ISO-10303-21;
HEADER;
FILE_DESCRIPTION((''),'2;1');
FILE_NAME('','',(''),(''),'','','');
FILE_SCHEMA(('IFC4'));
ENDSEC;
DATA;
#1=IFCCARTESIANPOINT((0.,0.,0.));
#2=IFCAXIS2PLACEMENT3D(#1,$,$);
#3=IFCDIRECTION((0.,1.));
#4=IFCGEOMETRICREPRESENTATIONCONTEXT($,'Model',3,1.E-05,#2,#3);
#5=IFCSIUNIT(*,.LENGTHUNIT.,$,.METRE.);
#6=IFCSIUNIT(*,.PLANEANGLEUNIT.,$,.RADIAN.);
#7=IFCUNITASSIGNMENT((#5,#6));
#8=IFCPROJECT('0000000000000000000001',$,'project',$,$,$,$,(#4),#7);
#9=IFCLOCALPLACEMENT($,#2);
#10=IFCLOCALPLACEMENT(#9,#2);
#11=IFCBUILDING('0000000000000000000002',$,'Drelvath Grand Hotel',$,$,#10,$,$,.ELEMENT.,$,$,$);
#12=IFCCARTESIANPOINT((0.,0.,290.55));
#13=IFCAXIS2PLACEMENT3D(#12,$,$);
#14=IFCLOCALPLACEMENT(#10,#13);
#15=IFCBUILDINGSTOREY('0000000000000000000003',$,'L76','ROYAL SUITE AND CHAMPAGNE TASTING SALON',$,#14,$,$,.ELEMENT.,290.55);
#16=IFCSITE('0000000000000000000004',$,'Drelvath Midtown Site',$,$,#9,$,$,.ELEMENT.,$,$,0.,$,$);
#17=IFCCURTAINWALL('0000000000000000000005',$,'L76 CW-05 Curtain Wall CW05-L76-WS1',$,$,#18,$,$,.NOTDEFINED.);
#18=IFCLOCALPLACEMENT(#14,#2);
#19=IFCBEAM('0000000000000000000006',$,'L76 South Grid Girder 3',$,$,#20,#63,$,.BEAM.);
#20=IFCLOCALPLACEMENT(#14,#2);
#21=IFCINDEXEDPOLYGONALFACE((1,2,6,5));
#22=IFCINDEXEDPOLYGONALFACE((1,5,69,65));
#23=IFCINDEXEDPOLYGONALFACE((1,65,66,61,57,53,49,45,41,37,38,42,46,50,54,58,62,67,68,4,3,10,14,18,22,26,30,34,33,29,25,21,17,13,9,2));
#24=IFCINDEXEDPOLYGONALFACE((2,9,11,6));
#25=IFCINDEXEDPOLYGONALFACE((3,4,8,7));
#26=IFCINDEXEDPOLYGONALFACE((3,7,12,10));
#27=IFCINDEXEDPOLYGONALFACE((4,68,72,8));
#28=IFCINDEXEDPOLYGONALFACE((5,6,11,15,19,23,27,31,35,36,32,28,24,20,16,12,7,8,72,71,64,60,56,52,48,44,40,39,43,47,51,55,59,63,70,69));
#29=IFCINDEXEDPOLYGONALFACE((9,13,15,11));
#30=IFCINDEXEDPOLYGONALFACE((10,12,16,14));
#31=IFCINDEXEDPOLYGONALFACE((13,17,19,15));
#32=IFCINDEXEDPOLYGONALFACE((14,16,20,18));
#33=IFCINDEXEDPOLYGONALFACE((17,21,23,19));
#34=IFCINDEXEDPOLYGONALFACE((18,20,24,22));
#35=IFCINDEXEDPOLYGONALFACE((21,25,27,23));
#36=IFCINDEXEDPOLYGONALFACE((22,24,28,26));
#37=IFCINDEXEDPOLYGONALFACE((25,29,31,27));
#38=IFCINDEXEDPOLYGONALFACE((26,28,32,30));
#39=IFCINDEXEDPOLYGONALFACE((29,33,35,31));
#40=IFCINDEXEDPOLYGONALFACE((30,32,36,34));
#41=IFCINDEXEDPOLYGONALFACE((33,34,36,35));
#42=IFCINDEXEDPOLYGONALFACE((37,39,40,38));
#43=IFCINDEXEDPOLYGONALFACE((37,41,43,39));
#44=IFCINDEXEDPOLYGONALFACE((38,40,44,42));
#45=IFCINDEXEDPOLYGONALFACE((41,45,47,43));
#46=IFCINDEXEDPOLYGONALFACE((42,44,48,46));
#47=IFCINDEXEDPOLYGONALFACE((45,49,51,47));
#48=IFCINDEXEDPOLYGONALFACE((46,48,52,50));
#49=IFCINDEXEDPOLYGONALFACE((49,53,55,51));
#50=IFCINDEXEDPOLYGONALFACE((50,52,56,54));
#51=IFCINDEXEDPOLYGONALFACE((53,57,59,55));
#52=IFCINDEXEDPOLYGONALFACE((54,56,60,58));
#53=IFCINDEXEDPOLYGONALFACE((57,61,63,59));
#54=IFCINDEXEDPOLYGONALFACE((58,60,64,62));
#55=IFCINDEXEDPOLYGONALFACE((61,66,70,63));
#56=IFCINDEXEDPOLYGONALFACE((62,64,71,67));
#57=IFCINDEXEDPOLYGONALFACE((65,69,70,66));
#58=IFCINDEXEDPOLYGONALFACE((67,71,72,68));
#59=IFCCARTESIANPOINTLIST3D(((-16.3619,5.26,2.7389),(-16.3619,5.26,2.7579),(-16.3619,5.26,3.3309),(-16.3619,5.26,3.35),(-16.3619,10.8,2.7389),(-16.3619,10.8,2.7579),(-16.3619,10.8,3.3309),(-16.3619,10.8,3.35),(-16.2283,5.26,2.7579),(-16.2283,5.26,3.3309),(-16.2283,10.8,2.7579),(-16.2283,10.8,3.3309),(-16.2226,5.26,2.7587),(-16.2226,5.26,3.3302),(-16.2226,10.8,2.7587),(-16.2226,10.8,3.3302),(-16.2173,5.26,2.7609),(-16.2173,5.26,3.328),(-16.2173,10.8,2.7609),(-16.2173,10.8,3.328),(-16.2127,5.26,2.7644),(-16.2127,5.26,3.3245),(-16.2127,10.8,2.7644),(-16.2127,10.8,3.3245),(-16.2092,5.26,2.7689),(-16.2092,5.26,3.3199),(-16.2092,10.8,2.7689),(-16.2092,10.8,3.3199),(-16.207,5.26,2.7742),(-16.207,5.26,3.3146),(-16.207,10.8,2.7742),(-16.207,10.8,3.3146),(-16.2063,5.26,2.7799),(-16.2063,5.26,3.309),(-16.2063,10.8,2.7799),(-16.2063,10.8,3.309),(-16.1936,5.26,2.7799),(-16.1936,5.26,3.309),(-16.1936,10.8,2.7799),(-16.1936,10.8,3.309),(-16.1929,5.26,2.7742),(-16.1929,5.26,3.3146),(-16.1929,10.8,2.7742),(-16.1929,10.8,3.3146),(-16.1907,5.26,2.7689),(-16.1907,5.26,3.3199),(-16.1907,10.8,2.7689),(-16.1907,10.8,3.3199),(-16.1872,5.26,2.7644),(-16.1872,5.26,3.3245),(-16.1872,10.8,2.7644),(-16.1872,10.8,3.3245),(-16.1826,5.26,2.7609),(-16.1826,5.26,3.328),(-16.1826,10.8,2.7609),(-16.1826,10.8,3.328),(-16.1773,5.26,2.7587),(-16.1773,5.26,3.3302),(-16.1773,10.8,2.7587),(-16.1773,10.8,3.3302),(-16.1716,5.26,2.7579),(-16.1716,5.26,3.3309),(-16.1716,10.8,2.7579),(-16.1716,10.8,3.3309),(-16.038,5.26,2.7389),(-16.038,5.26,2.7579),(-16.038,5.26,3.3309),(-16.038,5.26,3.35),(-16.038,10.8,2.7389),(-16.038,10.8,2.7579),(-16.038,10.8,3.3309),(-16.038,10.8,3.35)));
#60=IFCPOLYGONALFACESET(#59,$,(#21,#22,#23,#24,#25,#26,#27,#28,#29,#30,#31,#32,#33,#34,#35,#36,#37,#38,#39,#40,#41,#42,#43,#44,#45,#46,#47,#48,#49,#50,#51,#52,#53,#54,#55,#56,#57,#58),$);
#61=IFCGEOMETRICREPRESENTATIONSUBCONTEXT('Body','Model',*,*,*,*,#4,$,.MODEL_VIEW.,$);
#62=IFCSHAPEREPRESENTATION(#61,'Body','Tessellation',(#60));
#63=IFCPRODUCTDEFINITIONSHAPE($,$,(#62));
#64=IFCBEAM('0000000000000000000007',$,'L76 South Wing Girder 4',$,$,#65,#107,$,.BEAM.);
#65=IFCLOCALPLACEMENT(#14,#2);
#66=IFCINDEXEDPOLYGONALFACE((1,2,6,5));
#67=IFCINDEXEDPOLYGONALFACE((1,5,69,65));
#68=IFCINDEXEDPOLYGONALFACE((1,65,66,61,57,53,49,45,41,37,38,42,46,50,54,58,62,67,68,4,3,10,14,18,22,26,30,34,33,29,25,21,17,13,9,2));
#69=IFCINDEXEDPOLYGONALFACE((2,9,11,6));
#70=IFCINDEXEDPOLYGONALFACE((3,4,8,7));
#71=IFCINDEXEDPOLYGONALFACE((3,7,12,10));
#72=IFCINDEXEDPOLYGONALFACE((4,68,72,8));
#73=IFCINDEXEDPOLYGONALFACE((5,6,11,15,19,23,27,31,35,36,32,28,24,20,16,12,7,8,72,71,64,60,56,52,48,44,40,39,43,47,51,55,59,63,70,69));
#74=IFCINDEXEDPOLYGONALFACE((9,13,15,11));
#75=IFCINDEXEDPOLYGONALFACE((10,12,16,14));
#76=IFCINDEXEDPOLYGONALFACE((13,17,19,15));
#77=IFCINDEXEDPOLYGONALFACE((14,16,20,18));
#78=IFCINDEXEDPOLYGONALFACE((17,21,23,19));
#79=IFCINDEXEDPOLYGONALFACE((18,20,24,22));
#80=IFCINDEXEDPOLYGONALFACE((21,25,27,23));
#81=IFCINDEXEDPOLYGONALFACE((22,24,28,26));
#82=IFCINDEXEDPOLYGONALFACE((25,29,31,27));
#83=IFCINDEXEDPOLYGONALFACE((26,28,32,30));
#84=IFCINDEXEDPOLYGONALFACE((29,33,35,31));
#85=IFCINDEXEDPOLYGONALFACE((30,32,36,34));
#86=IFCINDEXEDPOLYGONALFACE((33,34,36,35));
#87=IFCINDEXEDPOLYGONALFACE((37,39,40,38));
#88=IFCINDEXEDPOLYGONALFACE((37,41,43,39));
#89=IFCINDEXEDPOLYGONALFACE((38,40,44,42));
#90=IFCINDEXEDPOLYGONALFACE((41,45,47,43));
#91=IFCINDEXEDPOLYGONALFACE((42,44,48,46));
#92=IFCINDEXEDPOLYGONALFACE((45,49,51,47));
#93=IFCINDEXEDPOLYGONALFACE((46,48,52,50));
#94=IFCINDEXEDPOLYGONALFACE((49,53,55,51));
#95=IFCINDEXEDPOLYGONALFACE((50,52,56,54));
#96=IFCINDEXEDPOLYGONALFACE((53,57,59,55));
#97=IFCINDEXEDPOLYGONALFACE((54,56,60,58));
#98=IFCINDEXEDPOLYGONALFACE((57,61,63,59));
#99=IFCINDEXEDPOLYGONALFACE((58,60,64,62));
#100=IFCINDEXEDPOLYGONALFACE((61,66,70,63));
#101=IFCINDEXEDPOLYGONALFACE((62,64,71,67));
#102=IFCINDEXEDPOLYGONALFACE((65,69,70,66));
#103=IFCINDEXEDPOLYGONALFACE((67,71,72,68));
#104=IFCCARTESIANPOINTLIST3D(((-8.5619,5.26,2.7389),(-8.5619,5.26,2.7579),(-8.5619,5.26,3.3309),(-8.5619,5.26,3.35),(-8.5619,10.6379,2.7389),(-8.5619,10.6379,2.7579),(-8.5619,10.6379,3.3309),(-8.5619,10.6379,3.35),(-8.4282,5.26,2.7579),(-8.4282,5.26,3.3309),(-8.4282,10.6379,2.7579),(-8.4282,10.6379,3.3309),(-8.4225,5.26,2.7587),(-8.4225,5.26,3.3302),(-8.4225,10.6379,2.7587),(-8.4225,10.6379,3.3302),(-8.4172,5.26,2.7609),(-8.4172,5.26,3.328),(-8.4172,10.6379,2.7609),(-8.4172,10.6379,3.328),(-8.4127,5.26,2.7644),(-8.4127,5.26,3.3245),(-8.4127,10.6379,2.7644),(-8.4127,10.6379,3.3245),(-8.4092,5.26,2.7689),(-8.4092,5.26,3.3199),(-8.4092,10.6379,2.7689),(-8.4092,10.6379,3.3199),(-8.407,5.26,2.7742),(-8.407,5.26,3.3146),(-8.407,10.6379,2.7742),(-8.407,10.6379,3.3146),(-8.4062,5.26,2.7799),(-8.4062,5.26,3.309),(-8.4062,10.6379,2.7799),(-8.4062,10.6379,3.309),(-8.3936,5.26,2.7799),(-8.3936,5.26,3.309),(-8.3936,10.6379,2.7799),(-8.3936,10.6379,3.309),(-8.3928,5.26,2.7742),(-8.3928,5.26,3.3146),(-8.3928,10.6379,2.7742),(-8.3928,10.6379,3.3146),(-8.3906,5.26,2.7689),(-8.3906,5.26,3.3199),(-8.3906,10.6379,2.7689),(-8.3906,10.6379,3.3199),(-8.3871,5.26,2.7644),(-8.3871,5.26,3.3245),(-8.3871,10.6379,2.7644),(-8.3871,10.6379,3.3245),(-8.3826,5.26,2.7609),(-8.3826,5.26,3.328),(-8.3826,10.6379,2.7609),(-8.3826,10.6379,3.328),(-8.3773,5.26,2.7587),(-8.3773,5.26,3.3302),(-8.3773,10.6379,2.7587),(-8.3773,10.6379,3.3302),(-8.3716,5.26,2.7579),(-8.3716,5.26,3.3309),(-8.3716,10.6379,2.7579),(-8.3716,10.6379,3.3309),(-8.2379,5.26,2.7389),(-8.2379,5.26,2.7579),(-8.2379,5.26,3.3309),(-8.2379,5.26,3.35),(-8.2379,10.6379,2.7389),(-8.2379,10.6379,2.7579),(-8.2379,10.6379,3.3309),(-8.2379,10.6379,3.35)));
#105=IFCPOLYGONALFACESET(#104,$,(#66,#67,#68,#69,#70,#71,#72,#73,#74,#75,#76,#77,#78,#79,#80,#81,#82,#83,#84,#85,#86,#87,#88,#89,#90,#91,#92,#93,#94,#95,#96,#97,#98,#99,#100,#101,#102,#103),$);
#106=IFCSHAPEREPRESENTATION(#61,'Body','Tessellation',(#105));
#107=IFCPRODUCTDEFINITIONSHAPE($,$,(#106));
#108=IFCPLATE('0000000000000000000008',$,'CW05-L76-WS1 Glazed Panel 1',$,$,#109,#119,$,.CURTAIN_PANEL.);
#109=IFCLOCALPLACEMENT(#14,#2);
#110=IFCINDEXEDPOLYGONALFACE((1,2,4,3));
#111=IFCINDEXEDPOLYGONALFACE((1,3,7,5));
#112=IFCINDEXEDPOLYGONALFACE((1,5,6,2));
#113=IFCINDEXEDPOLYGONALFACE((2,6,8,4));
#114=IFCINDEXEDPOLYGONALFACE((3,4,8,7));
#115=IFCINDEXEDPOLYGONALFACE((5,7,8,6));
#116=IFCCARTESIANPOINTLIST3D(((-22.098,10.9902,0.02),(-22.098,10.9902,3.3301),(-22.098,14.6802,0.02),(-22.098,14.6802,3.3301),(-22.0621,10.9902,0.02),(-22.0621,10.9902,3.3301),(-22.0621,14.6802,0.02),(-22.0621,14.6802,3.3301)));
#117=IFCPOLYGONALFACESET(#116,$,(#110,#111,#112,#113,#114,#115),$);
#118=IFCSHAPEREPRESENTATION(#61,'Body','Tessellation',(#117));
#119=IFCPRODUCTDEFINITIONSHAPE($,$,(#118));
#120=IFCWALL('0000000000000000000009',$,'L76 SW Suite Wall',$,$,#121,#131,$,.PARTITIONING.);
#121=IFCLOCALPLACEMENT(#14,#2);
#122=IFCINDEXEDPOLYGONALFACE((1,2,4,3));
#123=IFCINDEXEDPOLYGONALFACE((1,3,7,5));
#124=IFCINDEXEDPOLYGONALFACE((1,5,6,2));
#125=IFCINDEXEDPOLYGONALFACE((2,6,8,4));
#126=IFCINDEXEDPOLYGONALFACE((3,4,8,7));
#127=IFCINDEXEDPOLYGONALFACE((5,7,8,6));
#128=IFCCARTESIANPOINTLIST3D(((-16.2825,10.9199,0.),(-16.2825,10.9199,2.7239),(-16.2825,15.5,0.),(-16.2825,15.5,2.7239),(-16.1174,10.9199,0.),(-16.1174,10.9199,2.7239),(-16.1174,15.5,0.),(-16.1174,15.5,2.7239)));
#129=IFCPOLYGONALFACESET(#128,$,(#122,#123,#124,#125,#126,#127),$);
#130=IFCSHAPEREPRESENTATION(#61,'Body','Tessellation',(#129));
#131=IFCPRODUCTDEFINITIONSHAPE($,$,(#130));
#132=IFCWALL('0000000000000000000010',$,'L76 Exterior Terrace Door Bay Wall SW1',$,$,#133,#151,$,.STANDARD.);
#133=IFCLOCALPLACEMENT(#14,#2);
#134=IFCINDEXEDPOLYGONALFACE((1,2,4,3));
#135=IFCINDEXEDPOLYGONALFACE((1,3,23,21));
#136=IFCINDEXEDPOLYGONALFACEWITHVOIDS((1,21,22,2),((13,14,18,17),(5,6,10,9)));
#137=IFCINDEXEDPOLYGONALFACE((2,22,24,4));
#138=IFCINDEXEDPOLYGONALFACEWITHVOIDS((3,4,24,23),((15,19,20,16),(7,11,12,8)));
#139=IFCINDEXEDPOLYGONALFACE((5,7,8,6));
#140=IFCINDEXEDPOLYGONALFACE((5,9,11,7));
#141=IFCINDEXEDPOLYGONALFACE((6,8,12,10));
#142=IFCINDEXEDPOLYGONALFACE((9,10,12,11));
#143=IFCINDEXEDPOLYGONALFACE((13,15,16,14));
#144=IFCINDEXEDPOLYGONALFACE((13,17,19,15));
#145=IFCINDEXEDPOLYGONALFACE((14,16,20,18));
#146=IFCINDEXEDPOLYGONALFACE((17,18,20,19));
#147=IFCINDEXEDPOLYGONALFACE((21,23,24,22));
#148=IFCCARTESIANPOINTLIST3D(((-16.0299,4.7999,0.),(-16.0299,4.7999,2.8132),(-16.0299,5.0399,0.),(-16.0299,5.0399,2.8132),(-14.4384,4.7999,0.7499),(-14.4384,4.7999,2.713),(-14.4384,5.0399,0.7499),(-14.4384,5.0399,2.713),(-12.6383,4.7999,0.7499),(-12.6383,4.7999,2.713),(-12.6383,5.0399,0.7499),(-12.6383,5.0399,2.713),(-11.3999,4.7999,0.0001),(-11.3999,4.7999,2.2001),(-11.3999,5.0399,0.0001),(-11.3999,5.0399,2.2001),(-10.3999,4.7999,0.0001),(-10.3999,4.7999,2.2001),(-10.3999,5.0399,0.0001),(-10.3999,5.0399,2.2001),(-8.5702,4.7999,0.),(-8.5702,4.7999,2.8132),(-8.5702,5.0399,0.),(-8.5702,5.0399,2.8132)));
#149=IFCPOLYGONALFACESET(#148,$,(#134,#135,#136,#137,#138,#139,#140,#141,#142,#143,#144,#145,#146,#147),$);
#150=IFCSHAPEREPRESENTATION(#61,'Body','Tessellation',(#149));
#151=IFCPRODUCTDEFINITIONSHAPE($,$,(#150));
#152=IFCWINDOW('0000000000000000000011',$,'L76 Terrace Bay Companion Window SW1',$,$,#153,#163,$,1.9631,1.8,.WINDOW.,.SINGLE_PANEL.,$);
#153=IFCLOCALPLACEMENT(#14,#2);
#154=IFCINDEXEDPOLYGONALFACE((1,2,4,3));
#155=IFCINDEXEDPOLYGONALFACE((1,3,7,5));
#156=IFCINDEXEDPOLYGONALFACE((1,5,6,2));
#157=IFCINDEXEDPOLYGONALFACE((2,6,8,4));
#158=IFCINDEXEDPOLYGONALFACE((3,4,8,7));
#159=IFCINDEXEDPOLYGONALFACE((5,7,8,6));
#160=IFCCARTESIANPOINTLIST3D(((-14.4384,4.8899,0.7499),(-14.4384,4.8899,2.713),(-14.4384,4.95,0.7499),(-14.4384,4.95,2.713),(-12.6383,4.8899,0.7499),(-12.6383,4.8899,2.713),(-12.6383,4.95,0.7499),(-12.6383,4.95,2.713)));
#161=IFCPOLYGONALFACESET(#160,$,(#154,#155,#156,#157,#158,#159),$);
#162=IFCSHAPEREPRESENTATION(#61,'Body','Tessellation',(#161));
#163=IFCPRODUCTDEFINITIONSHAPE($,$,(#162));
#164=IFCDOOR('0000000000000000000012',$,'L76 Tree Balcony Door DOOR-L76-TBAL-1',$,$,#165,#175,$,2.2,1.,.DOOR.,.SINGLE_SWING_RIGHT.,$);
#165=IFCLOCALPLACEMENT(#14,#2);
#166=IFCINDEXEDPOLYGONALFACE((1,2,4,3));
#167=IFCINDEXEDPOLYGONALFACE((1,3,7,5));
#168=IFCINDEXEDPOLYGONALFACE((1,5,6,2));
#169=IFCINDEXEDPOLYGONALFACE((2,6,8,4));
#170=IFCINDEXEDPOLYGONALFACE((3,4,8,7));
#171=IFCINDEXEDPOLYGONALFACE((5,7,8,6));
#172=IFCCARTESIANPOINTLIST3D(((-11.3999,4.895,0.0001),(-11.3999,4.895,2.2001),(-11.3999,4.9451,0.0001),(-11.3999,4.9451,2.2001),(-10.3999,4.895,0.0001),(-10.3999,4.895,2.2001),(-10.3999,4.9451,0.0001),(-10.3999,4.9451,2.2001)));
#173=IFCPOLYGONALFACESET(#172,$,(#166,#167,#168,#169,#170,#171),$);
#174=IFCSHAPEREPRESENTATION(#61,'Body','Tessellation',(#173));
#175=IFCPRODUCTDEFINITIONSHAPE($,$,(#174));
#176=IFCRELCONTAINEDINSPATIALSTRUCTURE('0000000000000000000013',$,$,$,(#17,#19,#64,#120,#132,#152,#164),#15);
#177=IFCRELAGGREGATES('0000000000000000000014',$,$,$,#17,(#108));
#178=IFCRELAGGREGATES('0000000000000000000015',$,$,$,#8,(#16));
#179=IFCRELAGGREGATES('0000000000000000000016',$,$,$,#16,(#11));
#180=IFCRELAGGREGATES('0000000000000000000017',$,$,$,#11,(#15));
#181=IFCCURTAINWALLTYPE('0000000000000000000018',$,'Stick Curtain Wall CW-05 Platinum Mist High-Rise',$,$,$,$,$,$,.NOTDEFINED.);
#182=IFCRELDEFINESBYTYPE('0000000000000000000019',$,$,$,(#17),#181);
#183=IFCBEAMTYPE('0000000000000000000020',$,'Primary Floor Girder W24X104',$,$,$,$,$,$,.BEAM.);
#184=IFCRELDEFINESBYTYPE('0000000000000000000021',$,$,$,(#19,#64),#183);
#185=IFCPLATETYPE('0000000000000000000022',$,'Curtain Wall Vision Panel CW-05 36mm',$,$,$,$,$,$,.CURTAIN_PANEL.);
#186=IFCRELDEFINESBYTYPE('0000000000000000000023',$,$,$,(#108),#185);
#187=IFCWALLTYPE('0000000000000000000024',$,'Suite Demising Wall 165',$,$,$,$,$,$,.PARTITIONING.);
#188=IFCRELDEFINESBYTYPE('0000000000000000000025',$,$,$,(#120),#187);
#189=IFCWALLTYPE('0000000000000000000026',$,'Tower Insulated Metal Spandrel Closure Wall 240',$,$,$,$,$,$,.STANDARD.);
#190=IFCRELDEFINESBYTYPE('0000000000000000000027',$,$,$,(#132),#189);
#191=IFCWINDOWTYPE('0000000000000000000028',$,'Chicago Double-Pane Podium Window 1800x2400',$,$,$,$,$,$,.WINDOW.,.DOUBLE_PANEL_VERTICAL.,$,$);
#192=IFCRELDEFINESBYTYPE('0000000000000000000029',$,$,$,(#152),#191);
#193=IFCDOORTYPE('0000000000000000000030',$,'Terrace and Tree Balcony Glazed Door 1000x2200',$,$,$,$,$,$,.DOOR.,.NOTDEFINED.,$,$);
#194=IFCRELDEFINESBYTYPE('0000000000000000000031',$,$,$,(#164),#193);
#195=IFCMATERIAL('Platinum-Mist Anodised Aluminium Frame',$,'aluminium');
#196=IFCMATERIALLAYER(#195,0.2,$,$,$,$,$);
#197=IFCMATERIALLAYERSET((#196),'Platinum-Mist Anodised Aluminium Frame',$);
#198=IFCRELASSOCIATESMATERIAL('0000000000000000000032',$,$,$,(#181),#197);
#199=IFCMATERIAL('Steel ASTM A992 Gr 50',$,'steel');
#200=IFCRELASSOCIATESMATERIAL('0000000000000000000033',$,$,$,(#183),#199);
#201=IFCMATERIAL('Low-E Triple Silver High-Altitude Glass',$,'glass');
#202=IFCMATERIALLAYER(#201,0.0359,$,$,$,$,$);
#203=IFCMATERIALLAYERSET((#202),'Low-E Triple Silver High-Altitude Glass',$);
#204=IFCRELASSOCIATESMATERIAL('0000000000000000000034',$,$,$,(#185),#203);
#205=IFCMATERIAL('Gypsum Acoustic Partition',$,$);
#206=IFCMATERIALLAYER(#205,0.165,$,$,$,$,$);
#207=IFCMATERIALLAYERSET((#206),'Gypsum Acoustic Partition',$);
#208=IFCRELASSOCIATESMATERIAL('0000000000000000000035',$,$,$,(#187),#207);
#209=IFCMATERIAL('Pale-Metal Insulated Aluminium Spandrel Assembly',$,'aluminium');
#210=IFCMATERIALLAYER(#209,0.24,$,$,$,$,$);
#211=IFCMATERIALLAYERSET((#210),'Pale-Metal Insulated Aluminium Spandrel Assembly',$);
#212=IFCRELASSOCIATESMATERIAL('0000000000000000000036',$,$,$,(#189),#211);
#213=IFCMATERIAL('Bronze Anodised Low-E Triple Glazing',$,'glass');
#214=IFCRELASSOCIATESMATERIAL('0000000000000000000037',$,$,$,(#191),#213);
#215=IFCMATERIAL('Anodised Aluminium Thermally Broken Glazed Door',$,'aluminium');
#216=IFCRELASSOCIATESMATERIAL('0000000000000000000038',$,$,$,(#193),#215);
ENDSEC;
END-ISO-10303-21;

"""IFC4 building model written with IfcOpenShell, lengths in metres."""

from ifc_helpers import new_model, si_unit, direction, frame, frame_2d, origin, origin_2d, place, context, subcontext, project, spatial, rectangle, i_section, extrude, material, layer, layer_set, material_profile, profile_set, type_object, element, fill, aggregate, save


model = new_model("IFC4")

# Units and contexts
model_context = context("Model", 3, precision=1e-05, world=origin(), true_north=direction((0.0, 1.0)))
body_context = subcontext(model_context, "Body", "Model", "MODEL_VIEW")
ifc_project = project(units=[si_unit("LENGTHUNIT", "METRE"), si_unit("PLANEANGLEUNIT", "RADIAN")], contexts=[model_context])

# Site, building, storey
site_placement = place(None, origin())
site = spatial("IfcSite", under=ifc_project, at=site_placement, Name="Drelvath Midtown Site", CompositionType="ELEMENT", RefElevation=0.0)
building_placement = place(site_placement, origin())
building = spatial("IfcBuilding", under=site, at=building_placement, Name="Drelvath Grand Hotel", CompositionType="ELEMENT")
storey_placement = place(building_placement, frame((0.0, 0.0, 290.55)))
storey = spatial("IfcBuildingStorey", under=building, at=storey_placement, Name="L76", Description="ROYAL SUITE AND CHAMPAGNE TASTING SALON", CompositionType="ELEMENT", Elevation=290.55)

# Shared definitions
ifc_material_1 = material(Name="Steel ASTM A992 Gr 50", Category="steel")

# Curtain wall
ifc_material_2 = material(Name="Platinum-Mist Anodised Aluminium Frame", Category="aluminium")
ifc_layer_1 = layer(ifc_material_2, 0.2)
ifc_layer_set_1 = layer_set([ifc_layer_1], Name="Platinum-Mist Anodised Aluminium Frame")
curtain_wall_type = type_object("IfcCurtainWallType", Name="Stick Curtain Wall CW-05 Platinum Mist High-Rise", PredefinedType="NOTDEFINED", material=ifc_layer_set_1)
curtain_wall_placement = place(storey_placement, origin())
curtain_wall = element("IfcCurtainWall", 1, at=curtain_wall_placement, inside=storey, type_object=curtain_wall_type, Name="L76 CW-05 Curtain Wall CW05-L76-WS1", PredefinedType="NOTDEFINED")

# Beams
ifc_material_profile_1 = material_profile(ifc_material_1, i_section(OverallWidth=0.324, OverallDepth=0.6111, WebThickness=0.0127, FlangeThickness=0.019, FilletRadius=0.022, at=origin_2d()), Name="W24X104")
ifc_profile_set_1 = profile_set([ifc_material_profile_1], Name="Steel ASTM A992 Gr 50")
beam_type_1 = type_object("IfcBeamType", Name="Primary Floor Girder W24X104", PredefinedType="BEAM", material=ifc_profile_set_1)
for number, where, z_axis, x_axis, name in (
    (2, (-16.2, 5.26, 3.0444), (0.0, 1.0, 0.0), (-1.0, 0.0, 0.0), "L76 South Grid Girder 3"),
):
    element("IfcBeam", number, at=place(storey_placement, frame(where, z_axis=z_axis, x_axis=x_axis)), inside=storey, type_object=beam_type_1, Name=name, PredefinedType="BEAM", context=body_context, shape_type="SweptSolid", body=[
        extrude(i_section(OverallWidth=0.324, OverallDepth=0.6111, WebThickness=0.0127, FlangeThickness=0.019, FilletRadius=0.022, at=origin_2d()), origin(), (0.0, 0.0, 1.0), 5.54),
    ])
beam_1_placement = place(storey_placement, frame((-8.3999, 5.26, 3.0444), z_axis=(0.0, 1.0, 0.0), x_axis=(-1.0, 0.0, 0.0)))
element("IfcBeam", 3, at=beam_1_placement, inside=storey, type_object=beam_type_1, Name="L76 South Wing Girder 4", PredefinedType="BEAM", context=body_context, shape_type="SweptSolid", body=[
    extrude(i_section(OverallWidth=0.324, OverallDepth=0.6111, WebThickness=0.0127, FlangeThickness=0.019, FilletRadius=0.022, at=origin_2d()), origin(), (0.0, 0.0, 1.0), 5.3779),
])

# Plate
ifc_material_3 = material(Name="Low-E Triple Silver High-Altitude Glass", Category="glass")
ifc_layer_2 = layer(ifc_material_3, 0.0359)
ifc_layer_set_2 = layer_set([ifc_layer_2], Name="Low-E Triple Silver High-Altitude Glass")
plate_type = type_object("IfcPlateType", Name="Curtain Wall Vision Panel CW-05 36mm", PredefinedType="CURTAIN_PANEL", material=ifc_layer_set_2)
plate_placement = place(storey_placement, frame((-22.0801, 12.8352, 0.02), z_axis=(0.0, 0.0, 1.0), x_axis=(0.0, 1.0, 0.0)))
plate = element("IfcPlate", 4, at=plate_placement, type_object=plate_type, Name="CW05-L76-WS1 Glazed Panel 1", PredefinedType="CURTAIN_PANEL", context=body_context, shape_type="SweptSolid", body=[
    extrude(rectangle(XDim=3.6899, YDim=0.0359, at=origin_2d()), origin(), (0.0, 0.0, 1.0), 3.3101),
])
aggregate(curtain_wall, [plate])

# Wall
ifc_material_4 = material(Name="Gypsum Acoustic Partition")
ifc_layer_3 = layer(ifc_material_4, 0.165)
ifc_layer_set_3 = layer_set([ifc_layer_3], Name="Gypsum Acoustic Partition")
wall_type_1 = type_object("IfcWallType", Name="Suite Demising Wall 165", PredefinedType="PARTITIONING", material=ifc_layer_set_3)
wall_1_placement = place(storey_placement, frame((-16.2, 10.9199, 0.0), z_axis=(0.0, 0.0, 1.0), x_axis=(0.0, 1.0, 0.0)))
element("IfcWall", 5, at=wall_1_placement, inside=storey, type_object=wall_type_1, Name="L76 SW Suite Wall", PredefinedType="PARTITIONING", context=body_context, shape_type="SweptSolid", body=[
    extrude(rectangle(XDim=4.5801, YDim=0.165, at=frame_2d((2.29, 0.0))), origin(), (0.0, 0.0, 1.0), 2.7239),
])

# Wall, openings, window, door
ifc_material_5 = material(Name="Pale-Metal Insulated Aluminium Spandrel Assembly", Category="aluminium")
ifc_layer_4 = layer(ifc_material_5, 0.24)
ifc_layer_set_4 = layer_set([ifc_layer_4], Name="Pale-Metal Insulated Aluminium Spandrel Assembly")
wall_type_2 = type_object("IfcWallType", Name="Tower Insulated Metal Spandrel Closure Wall 240", PredefinedType="STANDARD", material=ifc_layer_set_4)
wall_2_placement = place(storey_placement, frame((-8.5701, 4.9199, 0.0), z_axis=(0.0, 0.0, 1.0), x_axis=(-1.0, 0.0, 0.0)))
wall_2 = element("IfcWall", 6, at=wall_2_placement, inside=storey, type_object=wall_type_2, Name="L76 Exterior Terrace Door Bay Wall SW1", PredefinedType="STANDARD", context=body_context, shape_type="SweptSolid", body=[
    extrude(rectangle(XDim=7.4597, YDim=0.24, at=frame_2d((3.73, 0.0))), origin(), (0.0, 0.0, 1.0), 2.8132),
])
opening_1_placement = place(wall_2_placement, frame((1.8298, 0.0, 0.0)))
opening_1 = element("IfcOpeningElement", 7, at=opening_1_placement, cuts=wall_2, PredefinedType="OPENING", context=body_context, shape_type="SweptSolid", body=[
    extrude(rectangle(XDim=1.0, YDim=2.2, at=frame_2d((0.5, 1.1001))), frame((0.0, 0.1299, 0.0), z_axis=(0.0, -1.0, 0.0), x_axis=(1.0, 0.0, 0.0)), (0.0, 0.0, 1.0), 0.26),
])
opening_2_placement = place(wall_2_placement, frame((4.0684, 0.0, 0.75)))
opening_2 = element("IfcOpeningElement", 8, at=opening_2_placement, cuts=wall_2, PredefinedType="OPENING", context=body_context, shape_type="SweptSolid", body=[
    extrude(rectangle(XDim=1.8, YDim=1.9631, at=frame_2d((0.8999, 0.9814))), frame((0.0, 0.1299, 0.0), z_axis=(0.0, -1.0, 0.0), x_axis=(1.0, 0.0, 0.0)), (0.0, 0.0, 1.0), 0.26),
])
ifc_material_6 = material(Name="Bronze Anodised Low-E Triple Glazing", Category="glass")
window_type = type_object("IfcWindowType", Name="Chicago Double-Pane Podium Window 1800x2400", PartitioningType="DOUBLE_PANEL_VERTICAL", PredefinedType="WINDOW", material=ifc_material_6)
window_placement = place(opening_2_placement, origin())
window = element("IfcWindow", 9, at=window_placement, inside=storey, type_object=window_type, Name="L76 Terrace Bay Companion Window SW1", OverallHeight=1.9631, OverallWidth=1.8, PartitioningType="SINGLE_PANEL", PredefinedType="WINDOW", context=body_context, shape_type="SweptSolid", body=[
    extrude(rectangle(XDim=1.8, YDim=1.9631, at=frame_2d((0.8999, 0.9814))), frame((0.0, 0.03, 0.0), z_axis=(0.0, -1.0, 0.0), x_axis=(1.0, 0.0, 0.0)), (0.0, 0.0, 1.0), 0.0601),
])
fill(opening_2, window)
ifc_material_7 = material(Name="Anodised Aluminium Thermally Broken Glazed Door", Category="aluminium")
door_type = type_object("IfcDoorType", Name="Terrace and Tree Balcony Glazed Door 1000x2200", OperationType="NOTDEFINED", PredefinedType="DOOR", material=ifc_material_7)
door_placement = place(opening_1_placement, origin())
door = element("IfcDoor", 10, at=door_placement, inside=storey, type_object=door_type, Name="L76 Tree Balcony Door DOOR-L76-TBAL-1", OperationType="SINGLE_SWING_RIGHT", OverallHeight=2.2, OverallWidth=1.0, PredefinedType="DOOR", context=body_context, shape_type="SweptSolid", body=[
    extrude(rectangle(XDim=1.0, YDim=2.2, at=frame_2d((0.5, 1.1001))), frame((0.0, 0.0249, 0.0), z_axis=(0.0, -1.0, 0.0), x_axis=(1.0, 0.0, 0.0)), (0.0, 0.0, 1.0), 0.05),
])
fill(opening_1, door)

save(model, "model.ifc")
